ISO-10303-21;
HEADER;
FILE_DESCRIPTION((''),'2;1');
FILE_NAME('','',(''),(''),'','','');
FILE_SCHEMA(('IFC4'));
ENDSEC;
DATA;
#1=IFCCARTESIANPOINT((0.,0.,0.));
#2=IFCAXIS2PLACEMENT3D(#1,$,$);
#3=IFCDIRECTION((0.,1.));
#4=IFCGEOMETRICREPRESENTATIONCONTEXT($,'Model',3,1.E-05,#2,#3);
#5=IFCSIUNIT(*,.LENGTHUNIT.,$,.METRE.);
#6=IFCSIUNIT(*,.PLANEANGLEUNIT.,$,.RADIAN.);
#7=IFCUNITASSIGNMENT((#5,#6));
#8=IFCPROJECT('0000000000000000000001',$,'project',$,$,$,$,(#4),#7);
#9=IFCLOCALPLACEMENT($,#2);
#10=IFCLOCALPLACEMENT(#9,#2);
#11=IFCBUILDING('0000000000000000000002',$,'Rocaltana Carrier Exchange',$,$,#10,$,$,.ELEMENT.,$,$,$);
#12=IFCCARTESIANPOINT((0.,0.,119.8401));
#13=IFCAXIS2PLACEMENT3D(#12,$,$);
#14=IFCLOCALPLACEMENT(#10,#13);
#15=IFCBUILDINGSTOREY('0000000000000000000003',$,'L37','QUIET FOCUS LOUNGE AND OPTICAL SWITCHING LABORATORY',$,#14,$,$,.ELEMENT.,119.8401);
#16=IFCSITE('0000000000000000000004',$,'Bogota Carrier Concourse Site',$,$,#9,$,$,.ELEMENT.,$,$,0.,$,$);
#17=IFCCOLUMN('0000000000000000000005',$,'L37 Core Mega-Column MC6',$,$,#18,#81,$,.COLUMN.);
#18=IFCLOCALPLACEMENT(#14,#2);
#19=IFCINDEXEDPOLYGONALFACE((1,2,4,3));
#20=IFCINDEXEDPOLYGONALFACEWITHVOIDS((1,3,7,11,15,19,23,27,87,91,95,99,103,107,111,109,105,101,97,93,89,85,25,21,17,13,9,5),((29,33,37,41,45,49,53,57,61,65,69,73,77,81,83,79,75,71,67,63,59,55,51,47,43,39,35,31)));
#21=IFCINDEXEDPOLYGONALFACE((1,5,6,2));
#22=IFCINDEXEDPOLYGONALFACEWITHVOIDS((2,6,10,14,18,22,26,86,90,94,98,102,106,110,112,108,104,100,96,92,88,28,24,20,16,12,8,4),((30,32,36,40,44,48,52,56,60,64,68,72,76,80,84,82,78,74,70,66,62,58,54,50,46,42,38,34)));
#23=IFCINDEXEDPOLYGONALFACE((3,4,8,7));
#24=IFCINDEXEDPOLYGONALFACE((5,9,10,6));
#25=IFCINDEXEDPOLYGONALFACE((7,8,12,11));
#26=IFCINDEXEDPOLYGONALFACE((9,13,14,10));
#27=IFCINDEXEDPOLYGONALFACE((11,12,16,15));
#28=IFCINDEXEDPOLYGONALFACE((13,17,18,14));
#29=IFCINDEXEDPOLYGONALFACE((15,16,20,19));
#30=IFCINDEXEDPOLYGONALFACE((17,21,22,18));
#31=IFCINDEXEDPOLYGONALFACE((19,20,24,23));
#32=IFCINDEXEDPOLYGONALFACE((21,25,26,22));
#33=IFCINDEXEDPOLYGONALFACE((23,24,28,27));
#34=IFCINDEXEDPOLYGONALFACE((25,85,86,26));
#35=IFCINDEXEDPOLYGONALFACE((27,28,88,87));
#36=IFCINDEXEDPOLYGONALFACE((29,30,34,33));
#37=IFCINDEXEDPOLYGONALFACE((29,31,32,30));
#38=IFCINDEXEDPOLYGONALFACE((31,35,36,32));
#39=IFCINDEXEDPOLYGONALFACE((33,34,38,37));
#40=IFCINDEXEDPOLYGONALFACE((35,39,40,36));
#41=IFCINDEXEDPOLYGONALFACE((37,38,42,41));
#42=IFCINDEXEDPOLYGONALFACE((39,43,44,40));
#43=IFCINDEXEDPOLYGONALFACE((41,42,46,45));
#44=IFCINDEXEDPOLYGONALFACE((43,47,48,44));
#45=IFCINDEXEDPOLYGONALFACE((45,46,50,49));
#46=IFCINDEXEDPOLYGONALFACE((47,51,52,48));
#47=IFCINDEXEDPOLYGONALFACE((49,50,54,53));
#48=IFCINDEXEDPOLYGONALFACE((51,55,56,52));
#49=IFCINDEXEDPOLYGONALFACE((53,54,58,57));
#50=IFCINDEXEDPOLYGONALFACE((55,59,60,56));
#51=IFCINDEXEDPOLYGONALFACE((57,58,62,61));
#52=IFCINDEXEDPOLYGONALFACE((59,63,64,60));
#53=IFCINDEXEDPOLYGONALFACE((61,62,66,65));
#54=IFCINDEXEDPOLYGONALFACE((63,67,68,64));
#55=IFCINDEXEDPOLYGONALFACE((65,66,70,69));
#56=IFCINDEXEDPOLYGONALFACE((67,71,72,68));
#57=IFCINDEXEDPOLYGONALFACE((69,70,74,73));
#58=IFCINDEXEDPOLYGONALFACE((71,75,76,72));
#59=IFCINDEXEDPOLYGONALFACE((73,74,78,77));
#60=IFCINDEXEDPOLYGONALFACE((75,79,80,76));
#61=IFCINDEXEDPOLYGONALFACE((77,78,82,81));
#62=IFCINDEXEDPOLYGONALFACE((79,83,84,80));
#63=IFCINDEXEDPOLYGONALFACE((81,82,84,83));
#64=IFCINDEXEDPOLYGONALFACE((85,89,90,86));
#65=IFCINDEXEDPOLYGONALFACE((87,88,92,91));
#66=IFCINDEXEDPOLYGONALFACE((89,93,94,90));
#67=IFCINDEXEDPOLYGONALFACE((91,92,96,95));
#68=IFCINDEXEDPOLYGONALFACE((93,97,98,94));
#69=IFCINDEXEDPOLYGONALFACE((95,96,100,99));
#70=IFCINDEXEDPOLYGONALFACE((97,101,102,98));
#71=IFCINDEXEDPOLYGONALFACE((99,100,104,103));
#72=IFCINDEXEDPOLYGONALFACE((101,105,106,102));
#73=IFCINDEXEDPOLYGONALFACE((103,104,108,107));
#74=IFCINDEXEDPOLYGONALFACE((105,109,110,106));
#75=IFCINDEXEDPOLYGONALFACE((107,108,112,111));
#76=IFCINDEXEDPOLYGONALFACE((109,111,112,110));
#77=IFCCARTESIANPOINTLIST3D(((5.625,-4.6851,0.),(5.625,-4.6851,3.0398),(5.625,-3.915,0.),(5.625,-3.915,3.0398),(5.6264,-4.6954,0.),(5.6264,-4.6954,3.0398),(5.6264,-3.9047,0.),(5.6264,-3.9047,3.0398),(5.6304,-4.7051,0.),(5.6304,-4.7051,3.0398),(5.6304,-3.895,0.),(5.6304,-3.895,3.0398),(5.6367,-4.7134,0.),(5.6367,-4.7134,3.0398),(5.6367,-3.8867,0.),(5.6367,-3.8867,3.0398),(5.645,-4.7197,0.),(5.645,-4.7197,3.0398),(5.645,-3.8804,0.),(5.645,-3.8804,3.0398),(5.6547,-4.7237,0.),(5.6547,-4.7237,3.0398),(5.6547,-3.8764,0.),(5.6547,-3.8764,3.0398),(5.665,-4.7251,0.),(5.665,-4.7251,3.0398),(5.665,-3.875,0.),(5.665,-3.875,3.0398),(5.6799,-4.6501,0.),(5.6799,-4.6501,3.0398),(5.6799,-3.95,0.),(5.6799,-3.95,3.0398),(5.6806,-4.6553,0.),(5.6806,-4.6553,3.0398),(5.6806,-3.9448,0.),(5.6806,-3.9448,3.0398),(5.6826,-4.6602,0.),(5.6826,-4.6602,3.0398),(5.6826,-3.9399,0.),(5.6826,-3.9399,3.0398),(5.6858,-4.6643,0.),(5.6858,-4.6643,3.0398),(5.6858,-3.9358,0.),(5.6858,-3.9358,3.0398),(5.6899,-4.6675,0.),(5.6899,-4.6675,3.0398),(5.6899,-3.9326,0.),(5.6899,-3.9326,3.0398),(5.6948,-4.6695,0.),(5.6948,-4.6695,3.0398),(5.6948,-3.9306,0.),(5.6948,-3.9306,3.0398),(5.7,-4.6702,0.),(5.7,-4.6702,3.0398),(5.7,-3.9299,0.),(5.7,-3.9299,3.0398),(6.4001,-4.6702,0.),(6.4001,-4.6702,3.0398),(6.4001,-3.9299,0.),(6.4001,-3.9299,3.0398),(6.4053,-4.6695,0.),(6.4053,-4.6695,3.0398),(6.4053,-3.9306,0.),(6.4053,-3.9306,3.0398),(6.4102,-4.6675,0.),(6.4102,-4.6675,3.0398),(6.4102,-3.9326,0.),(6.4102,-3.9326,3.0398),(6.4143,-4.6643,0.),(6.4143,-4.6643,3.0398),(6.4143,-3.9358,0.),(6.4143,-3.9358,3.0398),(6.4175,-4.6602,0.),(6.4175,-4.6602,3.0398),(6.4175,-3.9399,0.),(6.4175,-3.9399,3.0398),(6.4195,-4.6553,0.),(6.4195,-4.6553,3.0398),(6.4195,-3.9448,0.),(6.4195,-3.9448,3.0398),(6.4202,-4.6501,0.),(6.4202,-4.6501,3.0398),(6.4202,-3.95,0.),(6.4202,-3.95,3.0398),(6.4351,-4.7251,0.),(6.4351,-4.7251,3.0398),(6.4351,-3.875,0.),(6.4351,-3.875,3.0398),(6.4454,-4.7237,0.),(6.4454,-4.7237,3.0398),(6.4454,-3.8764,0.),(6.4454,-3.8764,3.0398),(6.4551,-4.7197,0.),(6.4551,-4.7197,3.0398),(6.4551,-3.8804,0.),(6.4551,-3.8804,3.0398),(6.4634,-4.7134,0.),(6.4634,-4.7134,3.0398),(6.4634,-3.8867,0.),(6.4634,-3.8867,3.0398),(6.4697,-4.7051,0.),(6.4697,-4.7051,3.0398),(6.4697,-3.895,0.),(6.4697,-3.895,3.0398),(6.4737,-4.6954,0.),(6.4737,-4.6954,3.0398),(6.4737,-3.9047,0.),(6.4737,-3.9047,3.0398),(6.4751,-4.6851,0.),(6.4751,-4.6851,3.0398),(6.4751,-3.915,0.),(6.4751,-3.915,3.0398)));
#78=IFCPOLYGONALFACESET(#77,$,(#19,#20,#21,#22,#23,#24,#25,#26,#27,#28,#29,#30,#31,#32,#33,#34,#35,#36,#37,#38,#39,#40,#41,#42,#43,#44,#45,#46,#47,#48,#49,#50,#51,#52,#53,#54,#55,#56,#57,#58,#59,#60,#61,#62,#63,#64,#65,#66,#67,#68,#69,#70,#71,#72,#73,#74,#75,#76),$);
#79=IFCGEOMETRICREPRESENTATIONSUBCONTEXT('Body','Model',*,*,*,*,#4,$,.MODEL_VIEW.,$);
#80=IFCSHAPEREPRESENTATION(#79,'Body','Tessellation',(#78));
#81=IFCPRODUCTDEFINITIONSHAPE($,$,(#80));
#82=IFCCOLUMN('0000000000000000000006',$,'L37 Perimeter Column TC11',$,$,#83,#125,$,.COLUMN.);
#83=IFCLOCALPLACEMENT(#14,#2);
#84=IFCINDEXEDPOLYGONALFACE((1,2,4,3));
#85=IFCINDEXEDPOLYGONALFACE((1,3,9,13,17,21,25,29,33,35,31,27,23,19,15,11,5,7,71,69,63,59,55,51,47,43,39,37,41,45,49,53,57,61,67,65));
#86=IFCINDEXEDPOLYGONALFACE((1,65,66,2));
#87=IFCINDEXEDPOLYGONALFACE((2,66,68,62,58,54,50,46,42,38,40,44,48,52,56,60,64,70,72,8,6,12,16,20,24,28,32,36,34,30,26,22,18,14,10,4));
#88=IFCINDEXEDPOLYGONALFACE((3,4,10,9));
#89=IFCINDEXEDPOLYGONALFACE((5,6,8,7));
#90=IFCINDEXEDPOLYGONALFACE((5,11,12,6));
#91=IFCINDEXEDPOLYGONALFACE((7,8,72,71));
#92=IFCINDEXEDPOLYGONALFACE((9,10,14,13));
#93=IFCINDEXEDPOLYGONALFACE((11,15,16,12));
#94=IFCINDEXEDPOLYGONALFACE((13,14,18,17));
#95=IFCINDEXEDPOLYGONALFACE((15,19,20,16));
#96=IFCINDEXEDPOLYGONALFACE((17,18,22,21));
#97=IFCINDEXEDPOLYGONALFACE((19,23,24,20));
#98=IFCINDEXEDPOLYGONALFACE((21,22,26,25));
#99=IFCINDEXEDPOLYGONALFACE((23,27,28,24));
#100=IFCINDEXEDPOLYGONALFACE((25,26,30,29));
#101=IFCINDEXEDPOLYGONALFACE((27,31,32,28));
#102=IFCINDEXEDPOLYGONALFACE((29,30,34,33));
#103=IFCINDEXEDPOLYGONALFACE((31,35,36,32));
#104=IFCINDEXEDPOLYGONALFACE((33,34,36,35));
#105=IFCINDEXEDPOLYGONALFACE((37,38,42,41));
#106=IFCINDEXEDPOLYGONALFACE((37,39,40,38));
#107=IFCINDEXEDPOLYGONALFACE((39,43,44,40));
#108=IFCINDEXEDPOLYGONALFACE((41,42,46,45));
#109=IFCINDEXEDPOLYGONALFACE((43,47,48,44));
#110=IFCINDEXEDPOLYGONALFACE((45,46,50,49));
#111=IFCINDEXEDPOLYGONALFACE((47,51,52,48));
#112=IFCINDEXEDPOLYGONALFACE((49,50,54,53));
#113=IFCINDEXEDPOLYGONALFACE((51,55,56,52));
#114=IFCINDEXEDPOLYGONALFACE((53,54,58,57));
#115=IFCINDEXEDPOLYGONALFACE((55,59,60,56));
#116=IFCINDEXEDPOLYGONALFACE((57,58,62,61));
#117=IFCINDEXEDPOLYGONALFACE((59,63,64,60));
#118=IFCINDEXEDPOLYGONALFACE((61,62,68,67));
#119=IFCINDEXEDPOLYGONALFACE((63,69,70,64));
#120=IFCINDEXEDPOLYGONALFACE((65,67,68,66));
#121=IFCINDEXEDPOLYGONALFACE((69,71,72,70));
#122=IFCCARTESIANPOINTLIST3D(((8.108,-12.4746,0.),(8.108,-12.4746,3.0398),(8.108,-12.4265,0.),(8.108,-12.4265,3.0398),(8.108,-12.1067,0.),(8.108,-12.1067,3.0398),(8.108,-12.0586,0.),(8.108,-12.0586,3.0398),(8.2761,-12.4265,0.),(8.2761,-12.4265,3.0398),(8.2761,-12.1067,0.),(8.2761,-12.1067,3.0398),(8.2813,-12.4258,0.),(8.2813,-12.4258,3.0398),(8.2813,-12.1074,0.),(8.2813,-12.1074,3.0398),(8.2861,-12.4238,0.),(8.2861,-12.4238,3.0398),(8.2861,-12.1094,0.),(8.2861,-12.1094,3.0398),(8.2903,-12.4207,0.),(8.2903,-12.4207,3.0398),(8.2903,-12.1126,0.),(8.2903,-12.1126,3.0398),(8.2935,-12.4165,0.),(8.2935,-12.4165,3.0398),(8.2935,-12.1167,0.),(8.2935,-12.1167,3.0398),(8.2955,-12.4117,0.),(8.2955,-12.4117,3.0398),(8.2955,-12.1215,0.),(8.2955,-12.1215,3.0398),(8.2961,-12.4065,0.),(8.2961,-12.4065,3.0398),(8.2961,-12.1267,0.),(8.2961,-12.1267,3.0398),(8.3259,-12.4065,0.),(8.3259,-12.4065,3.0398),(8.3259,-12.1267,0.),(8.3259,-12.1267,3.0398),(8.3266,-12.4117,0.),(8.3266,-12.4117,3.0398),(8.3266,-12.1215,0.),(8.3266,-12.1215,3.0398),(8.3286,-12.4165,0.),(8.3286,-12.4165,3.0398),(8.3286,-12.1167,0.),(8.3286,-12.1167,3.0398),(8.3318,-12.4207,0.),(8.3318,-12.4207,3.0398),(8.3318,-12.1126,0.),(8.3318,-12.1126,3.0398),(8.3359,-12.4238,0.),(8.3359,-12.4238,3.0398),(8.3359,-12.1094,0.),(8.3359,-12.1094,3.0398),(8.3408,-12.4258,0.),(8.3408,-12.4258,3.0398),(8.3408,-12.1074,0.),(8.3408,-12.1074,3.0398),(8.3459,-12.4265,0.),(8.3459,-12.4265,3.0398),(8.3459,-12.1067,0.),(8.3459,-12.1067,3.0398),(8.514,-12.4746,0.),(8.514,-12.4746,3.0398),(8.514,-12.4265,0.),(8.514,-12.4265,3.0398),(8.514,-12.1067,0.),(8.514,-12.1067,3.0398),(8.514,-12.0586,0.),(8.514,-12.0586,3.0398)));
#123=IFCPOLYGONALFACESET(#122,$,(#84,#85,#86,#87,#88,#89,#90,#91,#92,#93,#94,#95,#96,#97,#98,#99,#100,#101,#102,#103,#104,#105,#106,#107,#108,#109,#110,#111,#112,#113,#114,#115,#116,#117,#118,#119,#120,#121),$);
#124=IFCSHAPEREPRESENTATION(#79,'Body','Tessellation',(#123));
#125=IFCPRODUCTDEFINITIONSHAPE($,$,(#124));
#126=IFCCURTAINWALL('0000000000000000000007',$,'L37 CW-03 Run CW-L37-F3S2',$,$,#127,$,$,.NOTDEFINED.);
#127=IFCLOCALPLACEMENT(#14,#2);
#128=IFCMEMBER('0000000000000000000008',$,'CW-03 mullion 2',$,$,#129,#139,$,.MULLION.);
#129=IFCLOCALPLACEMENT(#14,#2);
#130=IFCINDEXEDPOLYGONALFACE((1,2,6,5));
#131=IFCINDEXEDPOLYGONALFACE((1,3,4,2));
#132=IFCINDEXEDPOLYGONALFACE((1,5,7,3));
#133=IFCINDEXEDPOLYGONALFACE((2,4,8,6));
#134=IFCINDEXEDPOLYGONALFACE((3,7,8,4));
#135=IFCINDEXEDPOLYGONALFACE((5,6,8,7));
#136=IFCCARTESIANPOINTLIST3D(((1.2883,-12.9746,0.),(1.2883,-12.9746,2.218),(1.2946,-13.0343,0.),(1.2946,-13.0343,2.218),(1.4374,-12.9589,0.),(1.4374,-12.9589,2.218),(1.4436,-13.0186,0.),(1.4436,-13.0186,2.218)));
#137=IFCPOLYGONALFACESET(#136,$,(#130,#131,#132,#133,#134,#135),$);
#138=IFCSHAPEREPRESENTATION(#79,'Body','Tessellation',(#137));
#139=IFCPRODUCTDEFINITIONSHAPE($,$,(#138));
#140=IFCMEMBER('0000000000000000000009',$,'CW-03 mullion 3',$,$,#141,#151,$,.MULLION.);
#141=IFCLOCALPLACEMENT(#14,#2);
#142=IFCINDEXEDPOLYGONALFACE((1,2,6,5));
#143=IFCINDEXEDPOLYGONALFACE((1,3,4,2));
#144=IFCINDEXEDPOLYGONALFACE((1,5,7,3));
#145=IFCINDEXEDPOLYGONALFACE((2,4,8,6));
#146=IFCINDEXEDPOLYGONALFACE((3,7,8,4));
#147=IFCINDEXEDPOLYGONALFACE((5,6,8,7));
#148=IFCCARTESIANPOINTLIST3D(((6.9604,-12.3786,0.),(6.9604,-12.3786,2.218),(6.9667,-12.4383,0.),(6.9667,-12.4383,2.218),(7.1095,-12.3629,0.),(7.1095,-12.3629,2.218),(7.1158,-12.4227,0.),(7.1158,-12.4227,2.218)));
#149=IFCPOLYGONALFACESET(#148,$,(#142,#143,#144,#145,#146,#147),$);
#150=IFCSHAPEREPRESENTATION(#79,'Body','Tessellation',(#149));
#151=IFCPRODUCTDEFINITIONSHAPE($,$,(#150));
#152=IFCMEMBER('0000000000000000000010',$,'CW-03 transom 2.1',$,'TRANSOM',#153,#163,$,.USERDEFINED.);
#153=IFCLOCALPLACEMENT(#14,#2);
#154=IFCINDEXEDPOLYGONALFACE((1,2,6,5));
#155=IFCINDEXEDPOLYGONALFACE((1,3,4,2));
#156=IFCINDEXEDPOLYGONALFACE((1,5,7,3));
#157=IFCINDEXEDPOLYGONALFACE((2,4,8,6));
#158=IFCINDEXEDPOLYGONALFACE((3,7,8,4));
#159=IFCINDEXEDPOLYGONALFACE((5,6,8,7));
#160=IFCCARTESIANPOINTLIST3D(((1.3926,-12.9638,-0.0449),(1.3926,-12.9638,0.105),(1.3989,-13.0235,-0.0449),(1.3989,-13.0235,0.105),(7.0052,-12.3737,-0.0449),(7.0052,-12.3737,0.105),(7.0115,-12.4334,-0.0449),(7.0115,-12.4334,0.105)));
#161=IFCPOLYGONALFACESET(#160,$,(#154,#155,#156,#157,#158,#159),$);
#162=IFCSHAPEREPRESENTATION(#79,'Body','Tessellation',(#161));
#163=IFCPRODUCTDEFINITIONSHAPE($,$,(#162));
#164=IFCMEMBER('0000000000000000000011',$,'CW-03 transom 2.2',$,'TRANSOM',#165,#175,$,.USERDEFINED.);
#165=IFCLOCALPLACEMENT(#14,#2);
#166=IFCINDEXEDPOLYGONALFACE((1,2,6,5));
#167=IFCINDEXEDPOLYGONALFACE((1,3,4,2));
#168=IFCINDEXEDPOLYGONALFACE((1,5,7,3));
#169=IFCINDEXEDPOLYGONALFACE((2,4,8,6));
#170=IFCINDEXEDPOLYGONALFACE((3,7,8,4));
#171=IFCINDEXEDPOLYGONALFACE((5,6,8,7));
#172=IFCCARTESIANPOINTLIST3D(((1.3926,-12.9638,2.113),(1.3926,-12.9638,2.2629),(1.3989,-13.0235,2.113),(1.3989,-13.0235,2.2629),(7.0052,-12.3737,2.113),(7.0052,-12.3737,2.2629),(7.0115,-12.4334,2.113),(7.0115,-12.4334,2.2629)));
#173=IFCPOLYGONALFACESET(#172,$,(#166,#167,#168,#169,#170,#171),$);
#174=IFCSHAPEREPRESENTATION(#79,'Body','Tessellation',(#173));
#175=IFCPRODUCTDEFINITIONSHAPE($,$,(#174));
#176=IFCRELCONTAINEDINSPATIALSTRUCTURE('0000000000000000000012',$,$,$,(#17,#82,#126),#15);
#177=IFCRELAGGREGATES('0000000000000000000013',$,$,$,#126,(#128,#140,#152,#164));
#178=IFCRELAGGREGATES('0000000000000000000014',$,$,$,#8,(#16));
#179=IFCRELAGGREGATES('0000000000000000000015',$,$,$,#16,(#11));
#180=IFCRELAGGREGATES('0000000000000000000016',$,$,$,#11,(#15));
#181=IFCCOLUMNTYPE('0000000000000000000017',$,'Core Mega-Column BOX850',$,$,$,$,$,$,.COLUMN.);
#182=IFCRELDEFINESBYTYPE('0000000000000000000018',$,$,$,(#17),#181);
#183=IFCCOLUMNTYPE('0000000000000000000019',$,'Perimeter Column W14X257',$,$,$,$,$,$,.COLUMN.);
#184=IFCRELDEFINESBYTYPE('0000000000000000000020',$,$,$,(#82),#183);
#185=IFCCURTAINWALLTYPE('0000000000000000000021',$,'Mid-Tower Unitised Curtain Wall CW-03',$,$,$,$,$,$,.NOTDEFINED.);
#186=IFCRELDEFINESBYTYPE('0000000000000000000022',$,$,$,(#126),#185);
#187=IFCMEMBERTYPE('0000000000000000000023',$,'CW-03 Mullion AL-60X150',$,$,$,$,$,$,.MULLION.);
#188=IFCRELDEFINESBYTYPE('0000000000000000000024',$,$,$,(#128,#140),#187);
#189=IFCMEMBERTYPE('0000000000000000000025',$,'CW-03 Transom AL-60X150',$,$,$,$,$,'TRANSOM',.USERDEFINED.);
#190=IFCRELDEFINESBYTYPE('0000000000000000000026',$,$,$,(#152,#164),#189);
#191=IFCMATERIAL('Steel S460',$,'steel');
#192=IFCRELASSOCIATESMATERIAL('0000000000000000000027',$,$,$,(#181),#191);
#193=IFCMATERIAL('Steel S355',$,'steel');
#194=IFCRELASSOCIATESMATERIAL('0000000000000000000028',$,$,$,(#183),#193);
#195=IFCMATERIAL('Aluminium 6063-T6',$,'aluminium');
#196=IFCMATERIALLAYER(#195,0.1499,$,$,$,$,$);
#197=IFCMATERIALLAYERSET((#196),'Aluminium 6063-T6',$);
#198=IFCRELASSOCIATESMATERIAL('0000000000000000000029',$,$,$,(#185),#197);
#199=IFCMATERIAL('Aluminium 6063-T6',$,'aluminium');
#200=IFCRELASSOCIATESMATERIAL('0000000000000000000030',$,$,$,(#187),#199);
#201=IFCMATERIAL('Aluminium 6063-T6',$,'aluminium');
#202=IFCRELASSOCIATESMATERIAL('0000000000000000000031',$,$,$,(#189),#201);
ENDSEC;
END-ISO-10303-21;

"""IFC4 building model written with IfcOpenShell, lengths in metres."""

from ifc_helpers import new_model, si_unit, direction, frame, origin, origin_2d, place, context, subcontext, project, spatial, rectangle, hollow_rectangle, i_section, extrude, material, layer, layer_set, material_profile, profile_set, type_object, element, aggregate, save


model = new_model("IFC4")

# Units and contexts
model_context = context("Model", 3, precision=1e-05, world=origin(), true_north=direction((0.0, 1.0)))
body_context = subcontext(model_context, "Body", "Model", "MODEL_VIEW")
ifc_project = project(units=[si_unit("LENGTHUNIT", "METRE"), si_unit("PLANEANGLEUNIT", "RADIAN")], contexts=[model_context])

# Site, building, storey
site_placement = place(None, origin())
site = spatial("IfcSite", under=ifc_project, at=site_placement, Name="Bogota Carrier Concourse Site", CompositionType="ELEMENT", RefElevation=0.0)
building_placement = place(site_placement, origin())
building = spatial("IfcBuilding", under=site, at=building_placement, Name="Rocaltana Carrier Exchange", CompositionType="ELEMENT")
storey_placement = place(building_placement, frame((0.0, 0.0, 119.8401)))
storey = spatial("IfcBuildingStorey", under=building, at=storey_placement, Name="L37", Description="QUIET FOCUS LOUNGE AND OPTICAL SWITCHING LABORATORY", CompositionType="ELEMENT", Elevation=119.8401)

# Columns
ifc_material_1 = material(Name="Steel S460", Category="steel")
ifc_material_profile_1 = material_profile(ifc_material_1, hollow_rectangle(XDim=0.8501, YDim=0.8501, WallThickness=0.0549, InnerFilletRadius=0.02, OuterFilletRadius=0.04, at=origin_2d()), Name="BOX850X850X55")
ifc_profile_set_1 = profile_set([ifc_material_profile_1], Name="Steel S460")
column_type_1 = type_object("IfcColumnType", Name="Core Mega-Column BOX850", PredefinedType="COLUMN", material=ifc_profile_set_1)
column_1_placement = place(storey_placement, frame((6.05, -4.3, 0.0), z_axis=(0.0, 0.0, 1.0), x_axis=(1.0, 0.0, 0.0)))
element("IfcColumn", 1, at=column_1_placement, inside=storey, type_object=column_type_1, Name="L37 Core Mega-Column MC6", PredefinedType="COLUMN", context=body_context, shape_type="SweptSolid", body=[
    extrude(hollow_rectangle(XDim=0.8501, YDim=0.8501, WallThickness=0.0549, InnerFilletRadius=0.02, OuterFilletRadius=0.04, at=origin_2d()), origin(), (0.0, 0.0, 1.0), 3.0398),
])
ifc_material_2 = material(Name="Steel S355", Category="steel")
ifc_material_profile_2 = material_profile(ifc_material_2, i_section(OverallWidth=0.406, OverallDepth=0.416, WebThickness=0.0298, FlangeThickness=0.0481, FilletRadius=0.02, at=origin_2d()), Name="W14X257")
ifc_profile_set_2 = profile_set([ifc_material_profile_2], Name="Steel S355")
column_type_2 = type_object("IfcColumnType", Name="Perimeter Column W14X257", PredefinedType="COLUMN", material=ifc_profile_set_2)
column_2_placement = place(storey_placement, frame((8.311, -12.2666, 0.0), z_axis=(0.0, 0.0, 1.0), x_axis=(1.0, 0.0, 0.0)))
element("IfcColumn", 2, at=column_2_placement, inside=storey, type_object=column_type_2, Name="L37 Perimeter Column TC11", PredefinedType="COLUMN", context=body_context, shape_type="SweptSolid", body=[
    extrude(i_section(OverallWidth=0.406, OverallDepth=0.416, WebThickness=0.0298, FlangeThickness=0.0481, FilletRadius=0.02, at=origin_2d()), origin(), (0.0, 0.0, 1.0), 3.0398),
])

# Curtain wall, members
ifc_material_3 = material(Name="Aluminium 6063-T6", Category="aluminium")
ifc_layer_1 = layer(ifc_material_3, 0.1499)
ifc_layer_set_1 = layer_set([ifc_layer_1], Name="Aluminium 6063-T6")
curtain_wall_type = type_object("IfcCurtainWallType", Name="Mid-Tower Unitised Curtain Wall CW-03", PredefinedType="NOTDEFINED", material=ifc_layer_set_1)
curtain_wall_placement = place(storey_placement, origin())
curtain_wall = element("IfcCurtainWall", 3, at=curtain_wall_placement, inside=storey, type_object=curtain_wall_type, Name="L37 CW-03 Run CW-L37-F3S2", PredefinedType="NOTDEFINED")
ifc_material_4 = material(Name="Aluminium 6063-T6", Category="aluminium")
ifc_material_profile_3 = material_profile(ifc_material_4, rectangle(XDim=0.0601, YDim=0.1499, at=origin_2d()), Name="AL-60X150")
ifc_profile_set_3 = profile_set([ifc_material_profile_3], Name="Aluminium 6063-T6")
member_type_1 = type_object("IfcMemberType", Name="CW-03 Mullion AL-60X150", PredefinedType="MULLION", material=ifc_profile_set_3)
member_1_placement = place(storey_placement, frame((1.366, -12.9966, 0.0), z_axis=(0.0, 0.0, 1.0), x_axis=(-0.10453, 0.994522, 0.0)))
member_1 = element("IfcMember", 4, at=member_1_placement, type_object=member_type_1, Name="CW-03 mullion 2", PredefinedType="MULLION", context=body_context, shape_type="SweptSolid", body=[
    extrude(rectangle(XDim=0.0601, YDim=0.1499, at=origin_2d()), origin(), (0.0, 0.0, 1.0), 2.218),
])
member_2_placement = place(storey_placement, frame((7.0381, -12.4006, 0.0), z_axis=(0.0, 0.0, 1.0), x_axis=(-0.10453, 0.994522, 0.0)))
member_2 = element("IfcMember", 5, at=member_2_placement, type_object=member_type_1, Name="CW-03 mullion 3", PredefinedType="MULLION", context=body_context, shape_type="SweptSolid", body=[
    extrude(rectangle(XDim=0.0601, YDim=0.1499, at=origin_2d()), origin(), (0.0, 0.0, 1.0), 2.218),
])
ifc_material_5 = material(Name="Aluminium 6063-T6", Category="aluminium")
ifc_material_profile_4 = material_profile(ifc_material_5, rectangle(XDim=0.0601, YDim=0.1499, at=origin_2d()), Name="AL-60X150")
ifc_profile_set_4 = profile_set([ifc_material_profile_4], Name="Aluminium 6063-T6")
member_type_2 = type_object("IfcMemberType", Name="CW-03 Transom AL-60X150", ElementType="TRANSOM", PredefinedType="USERDEFINED", material=ifc_profile_set_4)
member_3_placement = place(storey_placement, frame((1.3958, -12.9937, 0.03), z_axis=(0.994518, 0.104561, 0.0), x_axis=(-0.104561, 0.994518, 0.0)))
member_3 = element("IfcMember", 6, at=member_3_placement, type_object=member_type_2, Name="CW-03 transom 2.1", ObjectType="TRANSOM", PredefinedType="USERDEFINED", context=body_context, shape_type="SweptSolid", body=[
    extrude(rectangle(XDim=0.0601, YDim=0.1499, at=origin_2d()), origin(), (0.0, 0.0, 1.0), 5.6436),
])
member_4_placement = place(storey_placement, frame((1.3958, -12.9937, 2.188), z_axis=(0.994518, 0.104561, 0.0), x_axis=(-0.104561, 0.994518, 0.0)))
member_4 = element("IfcMember", 7, at=member_4_placement, type_object=member_type_2, Name="CW-03 transom 2.2", ObjectType="TRANSOM", PredefinedType="USERDEFINED", context=body_context, shape_type="SweptSolid", body=[
    extrude(rectangle(XDim=0.0601, YDim=0.1499, at=origin_2d()), origin(), (0.0, 0.0, 1.0), 5.6436),
])

aggregate(curtain_wall, [member_1, member_2, member_3, member_4])

save(model, "model.ifc")
